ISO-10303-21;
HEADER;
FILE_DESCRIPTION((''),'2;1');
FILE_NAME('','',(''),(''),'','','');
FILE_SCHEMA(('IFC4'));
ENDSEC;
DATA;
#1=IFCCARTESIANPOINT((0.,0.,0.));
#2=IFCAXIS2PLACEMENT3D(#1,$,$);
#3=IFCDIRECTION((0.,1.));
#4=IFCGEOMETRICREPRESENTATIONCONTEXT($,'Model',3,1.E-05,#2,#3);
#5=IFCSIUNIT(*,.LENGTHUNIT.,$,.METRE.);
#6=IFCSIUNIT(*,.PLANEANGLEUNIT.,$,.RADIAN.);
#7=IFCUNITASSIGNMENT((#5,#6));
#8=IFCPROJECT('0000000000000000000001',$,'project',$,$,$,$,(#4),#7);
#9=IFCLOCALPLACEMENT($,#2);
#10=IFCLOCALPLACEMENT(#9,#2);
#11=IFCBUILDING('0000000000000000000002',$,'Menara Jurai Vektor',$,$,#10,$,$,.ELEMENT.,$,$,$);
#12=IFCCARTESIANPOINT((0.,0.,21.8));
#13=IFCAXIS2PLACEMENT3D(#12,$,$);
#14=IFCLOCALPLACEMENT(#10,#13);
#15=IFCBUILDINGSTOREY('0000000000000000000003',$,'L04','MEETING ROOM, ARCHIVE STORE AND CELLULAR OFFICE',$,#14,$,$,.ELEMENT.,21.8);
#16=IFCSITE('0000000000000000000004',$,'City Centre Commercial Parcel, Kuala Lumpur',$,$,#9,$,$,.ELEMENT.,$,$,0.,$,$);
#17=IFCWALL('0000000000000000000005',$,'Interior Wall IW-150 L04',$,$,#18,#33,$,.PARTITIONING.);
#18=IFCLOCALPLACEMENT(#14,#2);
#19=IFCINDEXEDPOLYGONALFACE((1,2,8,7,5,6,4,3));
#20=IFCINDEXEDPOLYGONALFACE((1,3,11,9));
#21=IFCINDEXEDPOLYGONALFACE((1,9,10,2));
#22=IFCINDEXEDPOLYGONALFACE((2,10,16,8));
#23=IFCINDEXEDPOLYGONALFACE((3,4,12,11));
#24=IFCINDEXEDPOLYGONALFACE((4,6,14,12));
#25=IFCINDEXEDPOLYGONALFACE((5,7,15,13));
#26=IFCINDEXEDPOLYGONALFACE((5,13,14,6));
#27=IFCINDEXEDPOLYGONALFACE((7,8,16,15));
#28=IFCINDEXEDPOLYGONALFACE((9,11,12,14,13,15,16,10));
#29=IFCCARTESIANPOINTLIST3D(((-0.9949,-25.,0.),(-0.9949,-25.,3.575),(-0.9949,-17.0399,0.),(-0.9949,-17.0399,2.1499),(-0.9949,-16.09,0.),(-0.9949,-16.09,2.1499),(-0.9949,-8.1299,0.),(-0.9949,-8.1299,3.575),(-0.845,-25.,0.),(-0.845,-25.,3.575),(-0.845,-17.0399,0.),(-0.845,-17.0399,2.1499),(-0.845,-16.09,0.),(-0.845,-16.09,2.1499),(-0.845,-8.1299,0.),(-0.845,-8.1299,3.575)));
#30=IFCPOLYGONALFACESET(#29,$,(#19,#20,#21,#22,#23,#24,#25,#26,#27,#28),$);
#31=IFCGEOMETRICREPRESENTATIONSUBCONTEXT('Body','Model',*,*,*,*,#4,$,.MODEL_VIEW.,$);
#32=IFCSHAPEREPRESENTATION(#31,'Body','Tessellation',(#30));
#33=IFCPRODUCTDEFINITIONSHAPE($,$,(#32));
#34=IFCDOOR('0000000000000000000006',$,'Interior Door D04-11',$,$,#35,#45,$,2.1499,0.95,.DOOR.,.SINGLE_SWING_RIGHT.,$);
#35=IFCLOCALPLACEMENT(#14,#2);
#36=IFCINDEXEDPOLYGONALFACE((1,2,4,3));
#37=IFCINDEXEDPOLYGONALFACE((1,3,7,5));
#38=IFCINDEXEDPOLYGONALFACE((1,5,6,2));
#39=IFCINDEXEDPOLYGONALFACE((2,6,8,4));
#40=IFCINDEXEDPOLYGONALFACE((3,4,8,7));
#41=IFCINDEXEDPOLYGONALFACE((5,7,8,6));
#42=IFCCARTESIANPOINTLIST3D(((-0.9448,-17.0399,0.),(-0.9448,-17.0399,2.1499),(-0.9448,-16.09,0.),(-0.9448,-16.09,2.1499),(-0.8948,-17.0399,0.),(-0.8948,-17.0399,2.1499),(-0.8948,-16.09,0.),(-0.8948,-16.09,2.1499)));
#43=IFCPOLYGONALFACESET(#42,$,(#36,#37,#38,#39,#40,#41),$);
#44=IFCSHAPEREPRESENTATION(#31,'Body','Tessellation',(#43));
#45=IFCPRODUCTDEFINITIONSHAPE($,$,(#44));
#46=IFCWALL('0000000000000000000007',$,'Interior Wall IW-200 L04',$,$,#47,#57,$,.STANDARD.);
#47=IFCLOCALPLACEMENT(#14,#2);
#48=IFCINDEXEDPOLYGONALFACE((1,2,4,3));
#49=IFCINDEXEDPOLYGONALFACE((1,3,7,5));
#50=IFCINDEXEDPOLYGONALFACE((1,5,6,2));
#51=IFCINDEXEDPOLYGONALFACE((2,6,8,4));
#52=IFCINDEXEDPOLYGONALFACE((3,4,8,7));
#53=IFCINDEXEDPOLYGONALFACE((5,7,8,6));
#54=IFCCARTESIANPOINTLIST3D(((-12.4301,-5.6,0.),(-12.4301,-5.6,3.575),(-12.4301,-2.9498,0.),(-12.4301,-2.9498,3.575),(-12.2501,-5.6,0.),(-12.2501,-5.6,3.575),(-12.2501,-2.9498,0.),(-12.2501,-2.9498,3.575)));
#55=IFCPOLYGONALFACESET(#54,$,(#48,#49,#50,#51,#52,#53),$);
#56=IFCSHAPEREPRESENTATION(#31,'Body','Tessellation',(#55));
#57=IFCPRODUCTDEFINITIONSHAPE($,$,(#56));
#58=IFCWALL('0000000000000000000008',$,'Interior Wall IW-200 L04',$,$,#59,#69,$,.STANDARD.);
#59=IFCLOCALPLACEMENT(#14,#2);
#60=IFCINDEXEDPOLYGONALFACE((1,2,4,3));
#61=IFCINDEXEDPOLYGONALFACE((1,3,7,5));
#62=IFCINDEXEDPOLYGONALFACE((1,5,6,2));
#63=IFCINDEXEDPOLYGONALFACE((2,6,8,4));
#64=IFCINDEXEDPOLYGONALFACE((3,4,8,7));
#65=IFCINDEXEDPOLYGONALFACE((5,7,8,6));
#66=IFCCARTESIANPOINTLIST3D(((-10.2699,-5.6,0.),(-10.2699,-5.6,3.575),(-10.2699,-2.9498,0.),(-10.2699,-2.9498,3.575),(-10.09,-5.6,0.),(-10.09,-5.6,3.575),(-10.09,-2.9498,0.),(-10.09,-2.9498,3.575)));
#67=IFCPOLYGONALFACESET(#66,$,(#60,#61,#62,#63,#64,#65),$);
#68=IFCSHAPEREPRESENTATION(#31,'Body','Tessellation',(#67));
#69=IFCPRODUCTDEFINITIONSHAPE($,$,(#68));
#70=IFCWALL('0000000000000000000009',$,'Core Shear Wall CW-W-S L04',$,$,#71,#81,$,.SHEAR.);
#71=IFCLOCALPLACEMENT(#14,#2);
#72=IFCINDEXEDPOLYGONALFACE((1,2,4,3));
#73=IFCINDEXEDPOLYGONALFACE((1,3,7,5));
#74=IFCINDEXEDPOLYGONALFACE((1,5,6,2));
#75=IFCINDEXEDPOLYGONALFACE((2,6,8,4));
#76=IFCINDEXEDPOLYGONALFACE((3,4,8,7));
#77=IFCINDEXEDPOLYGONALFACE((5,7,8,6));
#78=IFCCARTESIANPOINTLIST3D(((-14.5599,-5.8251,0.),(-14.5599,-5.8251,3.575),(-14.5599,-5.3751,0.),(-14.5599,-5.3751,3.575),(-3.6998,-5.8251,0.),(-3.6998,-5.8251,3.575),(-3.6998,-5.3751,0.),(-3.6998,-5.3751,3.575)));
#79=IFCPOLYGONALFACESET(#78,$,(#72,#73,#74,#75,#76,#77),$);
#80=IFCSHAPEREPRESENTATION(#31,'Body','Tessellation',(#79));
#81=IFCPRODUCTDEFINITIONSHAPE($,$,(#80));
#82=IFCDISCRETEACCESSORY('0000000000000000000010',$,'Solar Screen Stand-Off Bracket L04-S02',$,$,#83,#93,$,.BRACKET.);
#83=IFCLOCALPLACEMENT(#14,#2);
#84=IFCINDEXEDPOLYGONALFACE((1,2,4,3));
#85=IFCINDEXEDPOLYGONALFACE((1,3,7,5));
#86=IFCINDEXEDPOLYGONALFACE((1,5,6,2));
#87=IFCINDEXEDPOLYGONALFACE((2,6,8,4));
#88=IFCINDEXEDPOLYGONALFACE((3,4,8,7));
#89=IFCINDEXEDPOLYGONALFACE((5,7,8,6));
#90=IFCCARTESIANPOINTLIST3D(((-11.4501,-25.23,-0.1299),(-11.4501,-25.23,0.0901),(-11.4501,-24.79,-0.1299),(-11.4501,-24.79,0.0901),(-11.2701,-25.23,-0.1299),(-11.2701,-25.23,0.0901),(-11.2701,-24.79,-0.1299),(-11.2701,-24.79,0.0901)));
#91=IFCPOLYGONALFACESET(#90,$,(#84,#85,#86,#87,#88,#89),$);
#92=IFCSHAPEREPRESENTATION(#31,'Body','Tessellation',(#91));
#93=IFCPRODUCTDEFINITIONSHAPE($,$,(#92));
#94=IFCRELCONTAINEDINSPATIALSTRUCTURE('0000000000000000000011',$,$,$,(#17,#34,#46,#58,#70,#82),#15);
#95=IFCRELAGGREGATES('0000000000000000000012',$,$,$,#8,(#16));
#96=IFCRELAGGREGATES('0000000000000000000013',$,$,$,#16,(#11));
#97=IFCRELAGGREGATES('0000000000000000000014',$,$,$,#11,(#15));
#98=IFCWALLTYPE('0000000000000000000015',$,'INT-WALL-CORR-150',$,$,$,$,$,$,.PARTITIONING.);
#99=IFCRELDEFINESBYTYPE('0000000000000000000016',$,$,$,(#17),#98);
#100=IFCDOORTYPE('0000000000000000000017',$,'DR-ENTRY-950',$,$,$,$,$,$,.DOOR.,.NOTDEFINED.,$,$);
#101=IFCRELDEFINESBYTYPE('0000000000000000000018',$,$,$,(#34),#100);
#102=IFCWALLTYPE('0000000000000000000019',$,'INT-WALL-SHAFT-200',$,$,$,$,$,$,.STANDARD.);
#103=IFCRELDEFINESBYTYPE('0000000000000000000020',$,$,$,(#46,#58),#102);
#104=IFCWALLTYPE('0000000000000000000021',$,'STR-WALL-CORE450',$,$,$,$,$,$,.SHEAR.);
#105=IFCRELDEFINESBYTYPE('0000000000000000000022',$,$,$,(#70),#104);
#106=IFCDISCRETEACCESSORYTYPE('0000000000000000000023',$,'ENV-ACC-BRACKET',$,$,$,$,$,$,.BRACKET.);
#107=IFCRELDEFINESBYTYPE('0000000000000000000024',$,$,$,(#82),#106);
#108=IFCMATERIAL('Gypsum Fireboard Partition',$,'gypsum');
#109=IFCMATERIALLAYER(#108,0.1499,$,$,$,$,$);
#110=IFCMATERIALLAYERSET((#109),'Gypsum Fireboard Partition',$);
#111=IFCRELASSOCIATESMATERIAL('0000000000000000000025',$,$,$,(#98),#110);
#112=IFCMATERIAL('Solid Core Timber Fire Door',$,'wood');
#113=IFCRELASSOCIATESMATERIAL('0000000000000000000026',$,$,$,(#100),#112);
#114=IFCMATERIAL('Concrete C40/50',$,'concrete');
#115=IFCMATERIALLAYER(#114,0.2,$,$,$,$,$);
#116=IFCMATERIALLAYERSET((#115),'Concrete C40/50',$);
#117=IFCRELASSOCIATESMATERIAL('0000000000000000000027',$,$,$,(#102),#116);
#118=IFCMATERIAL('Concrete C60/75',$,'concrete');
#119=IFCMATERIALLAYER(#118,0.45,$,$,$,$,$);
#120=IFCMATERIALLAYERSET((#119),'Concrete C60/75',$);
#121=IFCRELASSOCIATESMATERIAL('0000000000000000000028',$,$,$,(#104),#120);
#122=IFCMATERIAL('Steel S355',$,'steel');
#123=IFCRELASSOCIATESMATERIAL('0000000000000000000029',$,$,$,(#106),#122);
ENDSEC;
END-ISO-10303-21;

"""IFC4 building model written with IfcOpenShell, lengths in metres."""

from ifc_helpers import new_model, si_unit, direction, frame, frame_2d, origin, origin_2d, place, context, subcontext, project, spatial, rectangle, extrude, material, layer, layer_set, type_object, element, fill, save


model = new_model("IFC4")

# Units and contexts
model_context = context("Model", 3, precision=1e-05, world=origin(), true_north=direction((0.0, 1.0)))
body_context = subcontext(model_context, "Body", "Model", "MODEL_VIEW")
ifc_project = project(units=[si_unit("LENGTHUNIT", "METRE"), si_unit("PLANEANGLEUNIT", "RADIAN")], contexts=[model_context])

# Site, building, storey
site_placement = place(None, origin())
site = spatial("IfcSite", under=ifc_project, at=site_placement, Name="City Centre Commercial Parcel, Kuala Lumpur", CompositionType="ELEMENT", RefElevation=0.0)
building_placement = place(site_placement, origin())
building = spatial("IfcBuilding", under=site, at=building_placement, Name="Menara Jurai Vektor", CompositionType="ELEMENT")
storey_placement = place(building_placement, frame((0.0, 0.0, 21.8)))
storey = spatial("IfcBuildingStorey", under=building, at=storey_placement, Name="L04", Description="MEETING ROOM, ARCHIVE STORE AND CELLULAR OFFICE", CompositionType="ELEMENT", Elevation=21.8)

# Shared definitions
ifc_material_1 = material(Name="Concrete C60/75", Category="concrete")

# Shared definitions
ifc_material_2 = material(Name="Steel S355", Category="steel")

# Shared definitions
ifc_material_3 = material(Name="Gypsum Fireboard Partition", Category="gypsum")
ifc_layer_1 = layer(ifc_material_3, 0.1499)
ifc_layer_set_1 = layer_set([ifc_layer_1], Name="Gypsum Fireboard Partition")
wall_type_1 = type_object("IfcWallType", Name="INT-WALL-CORR-150", PredefinedType="PARTITIONING", material=ifc_layer_set_1)

# Wall, opening, door
wall_1_placement = place(storey_placement, frame((-0.9199, -25.0, 0.0), z_axis=(0.0, 0.0, 1.0), x_axis=(0.0, 1.0, 0.0)))
wall_1 = element("IfcWall", 1, at=wall_1_placement, inside=storey, type_object=wall_type_1, Name="Interior Wall IW-150 L04", PredefinedType="PARTITIONING", context=body_context, shape_type="SweptSolid", body=[
    extrude(rectangle(XDim=16.8701, YDim=0.1499, at=frame_2d((8.4351, 0.0))), origin(), (0.0, 0.0, 1.0), 3.575),
])
opening_1_placement = place(wall_1_placement, frame((7.96, 0.0, 0.0)))
opening_1 = element("IfcOpeningElement", 2, at=opening_1_placement, cuts=wall_1, PredefinedType="OPENING", context=body_context, shape_type="SweptSolid", body=[
    extrude(rectangle(XDim=0.95, YDim=2.1499, at=frame_2d((0.4751, 1.075))), frame((0.0, 0.085, 0.0), z_axis=(0.0, -1.0, 0.0), x_axis=(1.0, 0.0, 0.0)), (0.0, 0.0, 1.0), 0.1699),
])
ifc_material_4 = material(Name="Solid Core Timber Fire Door", Category="wood")
door_type = type_object("IfcDoorType", Name="DR-ENTRY-950", OperationType="NOTDEFINED", PredefinedType="DOOR", material=ifc_material_4)
door_1_placement = place(opening_1_placement, origin())
door_1 = element("IfcDoor", 3, at=door_1_placement, inside=storey, type_object=door_type, Name="Interior Door D04-11", OperationType="SINGLE_SWING_RIGHT", OverallHeight=2.1499, OverallWidth=0.95, PredefinedType="DOOR", context=body_context, shape_type="SweptSolid", body=[
    extrude(rectangle(XDim=0.95, YDim=2.1499, at=frame_2d((0.4751, 1.075))), frame((0.0, 0.0249, 0.0), z_axis=(0.0, -1.0, 0.0), x_axis=(1.0, 0.0, 0.0)), (0.0, 0.0, 1.0), 0.05),
])
fill(opening_1, door_1)

# Walls
ifc_material_5 = material(Name="Concrete C40/50", Category="concrete")
ifc_layer_2 = layer(ifc_material_5, 0.2)
ifc_layer_set_2 = layer_set([ifc_layer_2], Name="Concrete C40/50")
wall_type_2 = type_object("IfcWallType", Name="INT-WALL-SHAFT-200", PredefinedType="STANDARD", material=ifc_layer_set_2)
for number, where, z_axis, x_axis, name in (
    (4, (-12.3401, -5.6001, 0.0), (0.0, 0.0, 1.0), (0.0, 1.0, 0.0), "Interior Wall IW-200 L04"),
    (5, (-10.1799, -5.6001, 0.0), (0.0, 0.0, 1.0), (0.0, 1.0, 0.0), "Interior Wall IW-200 L04"),
):
    element("IfcWall", number, at=place(storey_placement, frame(where, z_axis=z_axis, x_axis=x_axis)), inside=storey, type_object=wall_type_2, Name=name, PredefinedType="STANDARD", context=body_context, shape_type="SweptSolid", body=[
        extrude(rectangle(XDim=2.6501, YDim=0.1799, at=frame_2d((1.3252, 0.0))), origin(), (0.0, 0.0, 1.0), 3.575),
    ])
ifc_layer_3 = layer(ifc_material_1, 0.45)
ifc_layer_set_3 = layer_set([ifc_layer_3], Name="Concrete C60/75")
wall_type_3 = type_object("IfcWallType", Name="STR-WALL-CORE450", PredefinedType="SHEAR", material=ifc_layer_set_3)
wall_2_placement = place(storey_placement, frame((-14.5601, -5.6001, 0.0), z_axis=(0.0, 0.0, 1.0), x_axis=(1.0, 0.0, 0.0)))
element("IfcWall", 6, at=wall_2_placement, inside=storey, type_object=wall_type_3, Name="Core Shear Wall CW-W-S L04", PredefinedType="SHEAR", context=body_context, shape_type="SweptSolid", body=[
    extrude(rectangle(XDim=10.8601, YDim=0.45, at=frame_2d((5.4302, 0.0))), origin(), (0.0, 0.0, 1.0), 3.575),
])

# Discrete accessory
discrete_accessory_type = type_object("IfcDiscreteAccessoryType", Name="ENV-ACC-BRACKET", PredefinedType="BRACKET", material=ifc_material_2)
discrete_accessory_placement = place(storey_placement, frame((-11.3601, -25.01, -0.1299), z_axis=(0.0, 0.0, 1.0), x_axis=(1.0, 0.0, 0.0)))
element("IfcDiscreteAccessory", 7, at=discrete_accessory_placement, inside=storey, type_object=discrete_accessory_type, Name="Solar Screen Stand-Off Bracket L04-S02", PredefinedType="BRACKET", context=body_context, shape_type="SweptSolid", body=[
    extrude(rectangle(XDim=0.1799, YDim=0.4399, at=origin_2d()), origin(), (0.0, 0.0, 1.0), 0.22),
])

save(model, "model.ifc")
